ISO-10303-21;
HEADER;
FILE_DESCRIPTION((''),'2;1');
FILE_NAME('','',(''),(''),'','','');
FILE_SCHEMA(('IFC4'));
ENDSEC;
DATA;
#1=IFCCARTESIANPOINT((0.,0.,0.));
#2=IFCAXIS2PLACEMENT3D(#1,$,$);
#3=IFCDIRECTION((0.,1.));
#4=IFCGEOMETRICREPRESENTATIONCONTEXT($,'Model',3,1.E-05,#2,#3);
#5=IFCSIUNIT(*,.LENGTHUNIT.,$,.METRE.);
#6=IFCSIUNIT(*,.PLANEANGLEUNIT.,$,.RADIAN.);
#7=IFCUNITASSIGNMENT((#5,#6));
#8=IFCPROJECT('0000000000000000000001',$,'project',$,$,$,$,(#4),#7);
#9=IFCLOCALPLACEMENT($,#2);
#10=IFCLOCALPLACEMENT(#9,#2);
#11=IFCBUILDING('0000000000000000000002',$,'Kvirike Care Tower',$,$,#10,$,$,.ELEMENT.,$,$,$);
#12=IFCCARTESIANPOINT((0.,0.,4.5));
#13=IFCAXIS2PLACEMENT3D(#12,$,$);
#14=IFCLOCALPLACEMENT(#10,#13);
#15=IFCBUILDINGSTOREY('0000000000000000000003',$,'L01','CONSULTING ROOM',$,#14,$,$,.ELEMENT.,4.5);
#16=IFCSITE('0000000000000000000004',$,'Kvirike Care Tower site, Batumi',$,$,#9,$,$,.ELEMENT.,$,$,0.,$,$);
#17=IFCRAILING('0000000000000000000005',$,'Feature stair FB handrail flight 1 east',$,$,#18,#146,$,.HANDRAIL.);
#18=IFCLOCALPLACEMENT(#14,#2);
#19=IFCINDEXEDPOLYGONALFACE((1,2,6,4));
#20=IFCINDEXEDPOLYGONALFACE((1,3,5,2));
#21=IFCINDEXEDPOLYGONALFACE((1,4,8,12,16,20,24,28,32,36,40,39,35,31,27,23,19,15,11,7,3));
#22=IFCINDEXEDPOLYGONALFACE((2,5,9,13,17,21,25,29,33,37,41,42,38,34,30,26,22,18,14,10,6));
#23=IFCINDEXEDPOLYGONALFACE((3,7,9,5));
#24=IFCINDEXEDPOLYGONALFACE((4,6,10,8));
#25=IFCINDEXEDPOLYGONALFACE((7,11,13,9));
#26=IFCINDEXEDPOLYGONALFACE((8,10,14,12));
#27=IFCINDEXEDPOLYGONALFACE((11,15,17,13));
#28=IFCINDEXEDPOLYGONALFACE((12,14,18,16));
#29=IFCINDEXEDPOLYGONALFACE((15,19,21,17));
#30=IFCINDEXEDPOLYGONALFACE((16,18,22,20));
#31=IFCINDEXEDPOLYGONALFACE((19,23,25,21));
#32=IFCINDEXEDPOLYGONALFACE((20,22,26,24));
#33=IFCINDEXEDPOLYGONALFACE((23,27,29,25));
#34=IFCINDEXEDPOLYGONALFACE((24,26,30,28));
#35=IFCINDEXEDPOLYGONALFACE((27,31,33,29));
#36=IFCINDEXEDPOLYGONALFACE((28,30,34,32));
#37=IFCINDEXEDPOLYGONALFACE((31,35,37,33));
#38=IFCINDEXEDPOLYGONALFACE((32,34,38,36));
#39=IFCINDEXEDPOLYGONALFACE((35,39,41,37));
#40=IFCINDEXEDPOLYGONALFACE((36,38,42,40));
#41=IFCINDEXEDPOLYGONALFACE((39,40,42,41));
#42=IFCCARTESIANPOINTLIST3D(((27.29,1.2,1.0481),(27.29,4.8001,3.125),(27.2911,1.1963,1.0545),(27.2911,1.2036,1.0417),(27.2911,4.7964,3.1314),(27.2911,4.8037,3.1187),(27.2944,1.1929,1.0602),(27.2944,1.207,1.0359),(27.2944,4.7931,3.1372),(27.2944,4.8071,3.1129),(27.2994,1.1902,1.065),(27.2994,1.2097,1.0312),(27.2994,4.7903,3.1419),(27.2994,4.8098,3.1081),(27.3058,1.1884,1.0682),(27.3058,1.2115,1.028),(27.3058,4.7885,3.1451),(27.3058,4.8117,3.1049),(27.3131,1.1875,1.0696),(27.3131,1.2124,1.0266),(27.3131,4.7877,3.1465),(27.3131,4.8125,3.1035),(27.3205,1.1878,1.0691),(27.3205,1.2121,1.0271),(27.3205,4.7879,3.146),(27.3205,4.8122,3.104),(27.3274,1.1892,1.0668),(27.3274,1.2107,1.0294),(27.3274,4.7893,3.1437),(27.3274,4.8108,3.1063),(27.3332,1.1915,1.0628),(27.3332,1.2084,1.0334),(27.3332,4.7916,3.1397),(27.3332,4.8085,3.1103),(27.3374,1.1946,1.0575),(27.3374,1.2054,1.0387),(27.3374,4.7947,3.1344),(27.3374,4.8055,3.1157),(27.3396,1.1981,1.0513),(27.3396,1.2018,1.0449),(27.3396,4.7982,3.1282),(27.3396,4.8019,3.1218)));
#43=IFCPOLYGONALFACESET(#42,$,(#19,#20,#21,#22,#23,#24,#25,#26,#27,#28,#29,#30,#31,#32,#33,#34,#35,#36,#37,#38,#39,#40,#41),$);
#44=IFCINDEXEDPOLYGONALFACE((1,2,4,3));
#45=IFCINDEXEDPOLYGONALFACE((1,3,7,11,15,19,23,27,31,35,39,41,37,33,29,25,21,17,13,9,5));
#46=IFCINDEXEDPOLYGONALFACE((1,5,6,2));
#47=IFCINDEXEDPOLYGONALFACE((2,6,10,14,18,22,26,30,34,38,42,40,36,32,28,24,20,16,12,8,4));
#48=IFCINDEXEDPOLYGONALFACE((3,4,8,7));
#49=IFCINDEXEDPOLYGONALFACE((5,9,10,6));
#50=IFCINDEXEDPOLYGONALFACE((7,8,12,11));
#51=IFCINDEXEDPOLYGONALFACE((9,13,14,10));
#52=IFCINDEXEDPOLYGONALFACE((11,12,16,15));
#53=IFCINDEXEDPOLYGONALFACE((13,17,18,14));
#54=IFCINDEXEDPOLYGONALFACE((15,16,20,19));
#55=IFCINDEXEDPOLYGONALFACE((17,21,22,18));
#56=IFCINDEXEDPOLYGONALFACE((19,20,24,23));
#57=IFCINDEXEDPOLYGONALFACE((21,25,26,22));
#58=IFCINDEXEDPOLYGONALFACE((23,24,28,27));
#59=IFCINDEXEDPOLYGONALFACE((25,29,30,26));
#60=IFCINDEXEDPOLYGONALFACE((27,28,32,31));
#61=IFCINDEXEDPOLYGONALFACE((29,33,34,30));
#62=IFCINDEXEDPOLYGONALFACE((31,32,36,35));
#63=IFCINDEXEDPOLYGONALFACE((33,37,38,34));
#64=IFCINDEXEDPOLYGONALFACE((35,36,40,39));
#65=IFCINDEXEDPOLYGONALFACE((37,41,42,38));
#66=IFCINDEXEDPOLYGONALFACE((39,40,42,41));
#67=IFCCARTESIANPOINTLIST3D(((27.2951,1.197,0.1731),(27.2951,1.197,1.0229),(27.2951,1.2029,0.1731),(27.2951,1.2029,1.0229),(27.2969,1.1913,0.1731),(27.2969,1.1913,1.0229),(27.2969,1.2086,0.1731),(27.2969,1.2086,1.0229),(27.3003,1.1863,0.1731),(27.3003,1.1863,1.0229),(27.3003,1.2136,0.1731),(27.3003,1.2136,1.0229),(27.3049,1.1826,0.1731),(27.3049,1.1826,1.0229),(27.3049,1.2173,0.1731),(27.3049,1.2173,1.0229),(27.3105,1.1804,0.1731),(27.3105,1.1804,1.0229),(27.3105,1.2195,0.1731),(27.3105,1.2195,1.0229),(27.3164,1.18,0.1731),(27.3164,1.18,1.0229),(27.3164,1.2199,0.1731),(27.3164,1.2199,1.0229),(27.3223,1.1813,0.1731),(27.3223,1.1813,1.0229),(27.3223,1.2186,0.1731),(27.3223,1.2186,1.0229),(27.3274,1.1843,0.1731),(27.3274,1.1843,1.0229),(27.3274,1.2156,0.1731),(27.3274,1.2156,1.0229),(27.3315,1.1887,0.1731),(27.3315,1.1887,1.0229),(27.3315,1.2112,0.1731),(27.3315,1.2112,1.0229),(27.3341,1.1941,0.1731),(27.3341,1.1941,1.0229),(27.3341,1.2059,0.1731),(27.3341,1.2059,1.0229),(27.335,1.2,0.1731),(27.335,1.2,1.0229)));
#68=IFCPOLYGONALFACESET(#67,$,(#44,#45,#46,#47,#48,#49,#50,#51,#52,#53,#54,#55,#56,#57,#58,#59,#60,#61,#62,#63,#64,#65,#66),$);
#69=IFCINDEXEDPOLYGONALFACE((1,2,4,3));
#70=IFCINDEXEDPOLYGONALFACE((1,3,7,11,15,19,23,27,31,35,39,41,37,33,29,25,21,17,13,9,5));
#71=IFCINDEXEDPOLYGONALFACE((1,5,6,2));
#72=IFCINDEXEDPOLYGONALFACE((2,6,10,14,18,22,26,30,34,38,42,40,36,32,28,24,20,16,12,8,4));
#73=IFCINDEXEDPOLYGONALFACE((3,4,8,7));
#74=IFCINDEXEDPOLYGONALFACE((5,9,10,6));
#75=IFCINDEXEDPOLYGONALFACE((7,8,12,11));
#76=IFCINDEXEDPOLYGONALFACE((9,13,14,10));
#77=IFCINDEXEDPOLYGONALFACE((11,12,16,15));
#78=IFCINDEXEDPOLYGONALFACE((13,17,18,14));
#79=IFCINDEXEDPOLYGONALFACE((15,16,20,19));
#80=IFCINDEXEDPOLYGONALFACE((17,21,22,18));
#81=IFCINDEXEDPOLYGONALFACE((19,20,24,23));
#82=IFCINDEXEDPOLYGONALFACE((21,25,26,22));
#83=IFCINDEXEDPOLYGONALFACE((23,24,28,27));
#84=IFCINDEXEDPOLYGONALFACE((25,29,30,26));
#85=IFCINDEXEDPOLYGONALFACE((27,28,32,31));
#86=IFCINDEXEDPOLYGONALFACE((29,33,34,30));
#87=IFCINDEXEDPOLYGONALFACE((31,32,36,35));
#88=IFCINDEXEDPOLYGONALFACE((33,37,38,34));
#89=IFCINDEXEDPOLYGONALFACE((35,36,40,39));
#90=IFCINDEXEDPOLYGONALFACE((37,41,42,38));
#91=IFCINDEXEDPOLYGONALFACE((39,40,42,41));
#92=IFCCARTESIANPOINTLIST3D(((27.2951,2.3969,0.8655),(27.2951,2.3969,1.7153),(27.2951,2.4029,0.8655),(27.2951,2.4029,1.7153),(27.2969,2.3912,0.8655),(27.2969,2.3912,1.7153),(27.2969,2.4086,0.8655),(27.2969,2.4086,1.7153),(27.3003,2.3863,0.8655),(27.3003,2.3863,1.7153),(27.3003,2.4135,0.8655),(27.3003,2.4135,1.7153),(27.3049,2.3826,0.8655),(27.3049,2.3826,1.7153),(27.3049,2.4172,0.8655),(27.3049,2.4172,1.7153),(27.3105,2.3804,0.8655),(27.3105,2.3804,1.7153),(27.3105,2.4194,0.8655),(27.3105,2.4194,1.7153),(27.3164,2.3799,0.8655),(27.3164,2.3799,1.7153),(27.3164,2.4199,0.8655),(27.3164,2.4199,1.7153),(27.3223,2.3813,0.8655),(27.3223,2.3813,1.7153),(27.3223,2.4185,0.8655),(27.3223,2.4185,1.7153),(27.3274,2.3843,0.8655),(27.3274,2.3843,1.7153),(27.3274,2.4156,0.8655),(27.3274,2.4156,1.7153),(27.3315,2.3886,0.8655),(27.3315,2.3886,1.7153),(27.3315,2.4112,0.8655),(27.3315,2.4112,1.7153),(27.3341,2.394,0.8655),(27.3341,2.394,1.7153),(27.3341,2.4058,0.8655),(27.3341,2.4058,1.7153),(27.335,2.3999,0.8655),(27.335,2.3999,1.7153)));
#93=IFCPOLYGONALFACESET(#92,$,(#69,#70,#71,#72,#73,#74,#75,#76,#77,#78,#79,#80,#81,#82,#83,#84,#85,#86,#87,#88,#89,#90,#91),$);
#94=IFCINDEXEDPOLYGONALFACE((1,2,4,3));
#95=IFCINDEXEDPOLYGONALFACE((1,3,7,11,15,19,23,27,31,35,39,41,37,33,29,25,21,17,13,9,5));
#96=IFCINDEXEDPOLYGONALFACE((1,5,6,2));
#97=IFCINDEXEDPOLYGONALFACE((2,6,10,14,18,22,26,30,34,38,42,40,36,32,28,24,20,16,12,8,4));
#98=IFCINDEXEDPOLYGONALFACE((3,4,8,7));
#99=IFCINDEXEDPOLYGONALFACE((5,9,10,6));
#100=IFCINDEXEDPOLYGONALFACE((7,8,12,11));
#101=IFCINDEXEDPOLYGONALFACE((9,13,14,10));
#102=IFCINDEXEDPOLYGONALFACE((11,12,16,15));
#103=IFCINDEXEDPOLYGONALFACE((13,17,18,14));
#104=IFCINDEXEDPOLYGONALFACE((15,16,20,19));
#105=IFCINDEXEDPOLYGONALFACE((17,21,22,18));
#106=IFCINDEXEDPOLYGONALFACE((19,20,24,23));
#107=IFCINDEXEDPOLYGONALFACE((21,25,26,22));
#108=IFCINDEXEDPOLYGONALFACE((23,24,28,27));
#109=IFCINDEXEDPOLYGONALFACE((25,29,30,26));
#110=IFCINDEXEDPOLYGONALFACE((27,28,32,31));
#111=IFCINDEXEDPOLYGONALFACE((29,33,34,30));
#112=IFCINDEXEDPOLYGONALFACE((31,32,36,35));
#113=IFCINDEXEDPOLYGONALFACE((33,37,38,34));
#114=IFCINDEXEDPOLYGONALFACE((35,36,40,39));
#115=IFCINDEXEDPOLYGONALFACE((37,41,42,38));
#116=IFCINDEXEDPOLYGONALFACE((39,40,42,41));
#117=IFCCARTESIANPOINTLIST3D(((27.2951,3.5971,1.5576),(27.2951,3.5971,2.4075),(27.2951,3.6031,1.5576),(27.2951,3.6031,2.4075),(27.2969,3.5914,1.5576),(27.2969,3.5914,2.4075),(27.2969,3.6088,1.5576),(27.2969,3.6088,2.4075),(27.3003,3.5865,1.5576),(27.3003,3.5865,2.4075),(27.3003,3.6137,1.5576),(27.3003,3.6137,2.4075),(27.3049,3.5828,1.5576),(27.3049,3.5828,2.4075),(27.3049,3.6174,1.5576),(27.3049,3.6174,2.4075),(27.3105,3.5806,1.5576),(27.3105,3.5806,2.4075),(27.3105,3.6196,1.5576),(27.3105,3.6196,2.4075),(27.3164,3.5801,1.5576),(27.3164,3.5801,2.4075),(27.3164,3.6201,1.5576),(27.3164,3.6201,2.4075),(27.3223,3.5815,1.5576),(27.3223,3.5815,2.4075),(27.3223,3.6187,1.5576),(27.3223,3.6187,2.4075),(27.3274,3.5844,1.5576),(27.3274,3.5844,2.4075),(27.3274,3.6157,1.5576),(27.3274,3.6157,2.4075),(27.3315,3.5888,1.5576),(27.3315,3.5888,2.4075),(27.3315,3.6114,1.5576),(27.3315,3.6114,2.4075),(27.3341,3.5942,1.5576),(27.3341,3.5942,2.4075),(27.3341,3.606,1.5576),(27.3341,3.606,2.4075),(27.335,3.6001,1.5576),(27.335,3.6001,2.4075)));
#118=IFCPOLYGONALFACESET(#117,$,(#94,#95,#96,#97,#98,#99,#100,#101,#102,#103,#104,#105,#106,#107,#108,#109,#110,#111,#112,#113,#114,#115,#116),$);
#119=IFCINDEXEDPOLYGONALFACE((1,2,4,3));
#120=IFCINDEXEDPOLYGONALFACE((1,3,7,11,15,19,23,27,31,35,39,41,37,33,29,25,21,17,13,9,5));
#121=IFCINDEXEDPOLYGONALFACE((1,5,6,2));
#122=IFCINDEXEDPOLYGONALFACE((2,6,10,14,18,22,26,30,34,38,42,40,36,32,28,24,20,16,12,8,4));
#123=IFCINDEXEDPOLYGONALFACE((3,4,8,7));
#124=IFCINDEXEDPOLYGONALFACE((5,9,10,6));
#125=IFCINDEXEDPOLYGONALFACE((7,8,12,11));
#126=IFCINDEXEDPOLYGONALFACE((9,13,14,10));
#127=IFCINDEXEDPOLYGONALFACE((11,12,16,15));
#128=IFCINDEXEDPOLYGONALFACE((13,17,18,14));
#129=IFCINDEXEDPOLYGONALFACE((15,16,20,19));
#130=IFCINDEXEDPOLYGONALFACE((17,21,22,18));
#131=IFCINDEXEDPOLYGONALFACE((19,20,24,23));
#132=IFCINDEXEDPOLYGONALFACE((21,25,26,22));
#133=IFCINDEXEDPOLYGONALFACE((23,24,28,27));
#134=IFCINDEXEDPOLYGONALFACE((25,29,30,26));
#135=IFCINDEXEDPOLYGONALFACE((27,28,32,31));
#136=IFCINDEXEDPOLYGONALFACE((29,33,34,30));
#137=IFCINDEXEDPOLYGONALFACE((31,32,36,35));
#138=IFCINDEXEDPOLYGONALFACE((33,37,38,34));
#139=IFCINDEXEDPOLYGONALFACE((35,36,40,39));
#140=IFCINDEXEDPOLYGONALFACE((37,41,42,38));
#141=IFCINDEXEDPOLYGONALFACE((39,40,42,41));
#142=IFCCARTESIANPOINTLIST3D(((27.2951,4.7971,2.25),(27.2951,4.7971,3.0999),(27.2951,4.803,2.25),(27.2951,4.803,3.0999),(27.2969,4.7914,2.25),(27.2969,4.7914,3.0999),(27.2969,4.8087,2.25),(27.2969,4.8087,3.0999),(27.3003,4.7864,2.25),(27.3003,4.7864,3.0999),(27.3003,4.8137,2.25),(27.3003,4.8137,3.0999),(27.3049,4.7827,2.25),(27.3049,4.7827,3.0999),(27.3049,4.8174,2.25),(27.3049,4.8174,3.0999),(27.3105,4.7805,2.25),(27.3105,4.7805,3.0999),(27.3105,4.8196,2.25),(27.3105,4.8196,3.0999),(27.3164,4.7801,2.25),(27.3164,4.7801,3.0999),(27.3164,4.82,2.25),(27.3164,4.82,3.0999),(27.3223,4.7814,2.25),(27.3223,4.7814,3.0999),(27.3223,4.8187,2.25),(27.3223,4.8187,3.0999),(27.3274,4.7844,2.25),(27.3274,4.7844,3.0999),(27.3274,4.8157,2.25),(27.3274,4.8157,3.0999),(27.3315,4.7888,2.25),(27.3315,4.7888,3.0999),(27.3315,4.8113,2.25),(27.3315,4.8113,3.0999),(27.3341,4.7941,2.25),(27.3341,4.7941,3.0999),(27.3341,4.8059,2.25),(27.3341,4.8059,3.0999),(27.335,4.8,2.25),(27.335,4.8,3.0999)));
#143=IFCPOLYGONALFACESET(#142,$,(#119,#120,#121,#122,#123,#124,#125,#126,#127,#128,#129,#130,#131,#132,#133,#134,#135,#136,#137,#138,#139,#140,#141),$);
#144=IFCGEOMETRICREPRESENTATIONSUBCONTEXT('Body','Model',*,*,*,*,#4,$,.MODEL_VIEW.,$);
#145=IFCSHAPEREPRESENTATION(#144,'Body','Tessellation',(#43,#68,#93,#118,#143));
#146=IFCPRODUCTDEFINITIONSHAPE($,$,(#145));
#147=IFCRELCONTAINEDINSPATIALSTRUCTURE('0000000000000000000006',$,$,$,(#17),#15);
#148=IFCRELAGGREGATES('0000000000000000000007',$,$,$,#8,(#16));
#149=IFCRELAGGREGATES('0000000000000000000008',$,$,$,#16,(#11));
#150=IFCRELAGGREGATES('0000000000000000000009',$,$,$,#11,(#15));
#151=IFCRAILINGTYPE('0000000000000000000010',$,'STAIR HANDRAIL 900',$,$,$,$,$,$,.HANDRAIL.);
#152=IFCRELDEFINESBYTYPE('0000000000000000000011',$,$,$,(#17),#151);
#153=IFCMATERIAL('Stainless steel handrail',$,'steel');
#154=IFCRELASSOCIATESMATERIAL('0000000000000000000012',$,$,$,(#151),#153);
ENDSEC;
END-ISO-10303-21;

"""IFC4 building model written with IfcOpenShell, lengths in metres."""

from ifc_helpers import new_model, si_unit, direction, frame, origin, origin_2d, place, context, subcontext, project, spatial, circle, extrude, material, type_object, element, save


model = new_model("IFC4")

# Units and contexts
model_context = context("Model", 3, precision=1e-05, world=origin(), true_north=direction((0.0, 1.0)))
body_context = subcontext(model_context, "Body", "Model", "MODEL_VIEW")
ifc_project = project(units=[si_unit("LENGTHUNIT", "METRE"), si_unit("PLANEANGLEUNIT", "RADIAN")], contexts=[model_context])

# Site, building, storey
site_placement = place(None, origin())
site = spatial("IfcSite", under=ifc_project, at=site_placement, Name="Kvirike Care Tower site, Batumi", CompositionType="ELEMENT", RefElevation=0.0)
building_placement = place(site_placement, origin())
building = spatial("IfcBuilding", under=site, at=building_placement, Name="Kvirike Care Tower", CompositionType="ELEMENT")
storey_placement = place(building_placement, frame((0.0, 0.0, 4.5)))
storey = spatial("IfcBuildingStorey", under=building, at=storey_placement, Name="L01", Description="CONSULTING ROOM", CompositionType="ELEMENT", Elevation=4.5)

# Railing
ifc_material_1 = material(Name="Stainless steel handrail", Category="steel")
railing_type_1 = type_object("IfcRailingType", Name="STAIR HANDRAIL 900", PredefinedType="HANDRAIL", material=ifc_material_1)
for number, where, name in (
    (1, (27.3149, 1.2, 0.1731), "Feature stair FB handrail flight 1 east"),
):
    element("IfcRailing", number, at=place(storey_placement, frame(where)), inside=storey, type_object=railing_type_1, Name=name, PredefinedType="HANDRAIL", context=body_context, shape_type="SweptSolid", body=[
        extrude(circle(Radius=0.0249, at=origin_2d()), frame((0.0, 0.0, 0.875), z_axis=(0.0, 0.866193, 0.499709), x_axis=(-1.0, 0.0, 0.0)), (0.0, 0.0, 1.0), 4.1562),
        extrude(circle(Radius=0.02, at=origin_2d()), origin(), (0.0, 0.0, 1.0), 0.8499),
        extrude(circle(Radius=0.02, at=origin_2d()), frame((0.0, 1.2, 0.6924)), (0.0, 0.0, 1.0), 0.8499),
        extrude(circle(Radius=0.02, at=origin_2d()), frame((0.0, 2.4001, 1.3845)), (0.0, 0.0, 1.0), 0.8499),
        extrude(circle(Radius=0.02, at=origin_2d()), frame((0.0, 3.6001, 2.0769)), (0.0, 0.0, 1.0), 0.8499),
    ])

save(model, "model.ifc")
